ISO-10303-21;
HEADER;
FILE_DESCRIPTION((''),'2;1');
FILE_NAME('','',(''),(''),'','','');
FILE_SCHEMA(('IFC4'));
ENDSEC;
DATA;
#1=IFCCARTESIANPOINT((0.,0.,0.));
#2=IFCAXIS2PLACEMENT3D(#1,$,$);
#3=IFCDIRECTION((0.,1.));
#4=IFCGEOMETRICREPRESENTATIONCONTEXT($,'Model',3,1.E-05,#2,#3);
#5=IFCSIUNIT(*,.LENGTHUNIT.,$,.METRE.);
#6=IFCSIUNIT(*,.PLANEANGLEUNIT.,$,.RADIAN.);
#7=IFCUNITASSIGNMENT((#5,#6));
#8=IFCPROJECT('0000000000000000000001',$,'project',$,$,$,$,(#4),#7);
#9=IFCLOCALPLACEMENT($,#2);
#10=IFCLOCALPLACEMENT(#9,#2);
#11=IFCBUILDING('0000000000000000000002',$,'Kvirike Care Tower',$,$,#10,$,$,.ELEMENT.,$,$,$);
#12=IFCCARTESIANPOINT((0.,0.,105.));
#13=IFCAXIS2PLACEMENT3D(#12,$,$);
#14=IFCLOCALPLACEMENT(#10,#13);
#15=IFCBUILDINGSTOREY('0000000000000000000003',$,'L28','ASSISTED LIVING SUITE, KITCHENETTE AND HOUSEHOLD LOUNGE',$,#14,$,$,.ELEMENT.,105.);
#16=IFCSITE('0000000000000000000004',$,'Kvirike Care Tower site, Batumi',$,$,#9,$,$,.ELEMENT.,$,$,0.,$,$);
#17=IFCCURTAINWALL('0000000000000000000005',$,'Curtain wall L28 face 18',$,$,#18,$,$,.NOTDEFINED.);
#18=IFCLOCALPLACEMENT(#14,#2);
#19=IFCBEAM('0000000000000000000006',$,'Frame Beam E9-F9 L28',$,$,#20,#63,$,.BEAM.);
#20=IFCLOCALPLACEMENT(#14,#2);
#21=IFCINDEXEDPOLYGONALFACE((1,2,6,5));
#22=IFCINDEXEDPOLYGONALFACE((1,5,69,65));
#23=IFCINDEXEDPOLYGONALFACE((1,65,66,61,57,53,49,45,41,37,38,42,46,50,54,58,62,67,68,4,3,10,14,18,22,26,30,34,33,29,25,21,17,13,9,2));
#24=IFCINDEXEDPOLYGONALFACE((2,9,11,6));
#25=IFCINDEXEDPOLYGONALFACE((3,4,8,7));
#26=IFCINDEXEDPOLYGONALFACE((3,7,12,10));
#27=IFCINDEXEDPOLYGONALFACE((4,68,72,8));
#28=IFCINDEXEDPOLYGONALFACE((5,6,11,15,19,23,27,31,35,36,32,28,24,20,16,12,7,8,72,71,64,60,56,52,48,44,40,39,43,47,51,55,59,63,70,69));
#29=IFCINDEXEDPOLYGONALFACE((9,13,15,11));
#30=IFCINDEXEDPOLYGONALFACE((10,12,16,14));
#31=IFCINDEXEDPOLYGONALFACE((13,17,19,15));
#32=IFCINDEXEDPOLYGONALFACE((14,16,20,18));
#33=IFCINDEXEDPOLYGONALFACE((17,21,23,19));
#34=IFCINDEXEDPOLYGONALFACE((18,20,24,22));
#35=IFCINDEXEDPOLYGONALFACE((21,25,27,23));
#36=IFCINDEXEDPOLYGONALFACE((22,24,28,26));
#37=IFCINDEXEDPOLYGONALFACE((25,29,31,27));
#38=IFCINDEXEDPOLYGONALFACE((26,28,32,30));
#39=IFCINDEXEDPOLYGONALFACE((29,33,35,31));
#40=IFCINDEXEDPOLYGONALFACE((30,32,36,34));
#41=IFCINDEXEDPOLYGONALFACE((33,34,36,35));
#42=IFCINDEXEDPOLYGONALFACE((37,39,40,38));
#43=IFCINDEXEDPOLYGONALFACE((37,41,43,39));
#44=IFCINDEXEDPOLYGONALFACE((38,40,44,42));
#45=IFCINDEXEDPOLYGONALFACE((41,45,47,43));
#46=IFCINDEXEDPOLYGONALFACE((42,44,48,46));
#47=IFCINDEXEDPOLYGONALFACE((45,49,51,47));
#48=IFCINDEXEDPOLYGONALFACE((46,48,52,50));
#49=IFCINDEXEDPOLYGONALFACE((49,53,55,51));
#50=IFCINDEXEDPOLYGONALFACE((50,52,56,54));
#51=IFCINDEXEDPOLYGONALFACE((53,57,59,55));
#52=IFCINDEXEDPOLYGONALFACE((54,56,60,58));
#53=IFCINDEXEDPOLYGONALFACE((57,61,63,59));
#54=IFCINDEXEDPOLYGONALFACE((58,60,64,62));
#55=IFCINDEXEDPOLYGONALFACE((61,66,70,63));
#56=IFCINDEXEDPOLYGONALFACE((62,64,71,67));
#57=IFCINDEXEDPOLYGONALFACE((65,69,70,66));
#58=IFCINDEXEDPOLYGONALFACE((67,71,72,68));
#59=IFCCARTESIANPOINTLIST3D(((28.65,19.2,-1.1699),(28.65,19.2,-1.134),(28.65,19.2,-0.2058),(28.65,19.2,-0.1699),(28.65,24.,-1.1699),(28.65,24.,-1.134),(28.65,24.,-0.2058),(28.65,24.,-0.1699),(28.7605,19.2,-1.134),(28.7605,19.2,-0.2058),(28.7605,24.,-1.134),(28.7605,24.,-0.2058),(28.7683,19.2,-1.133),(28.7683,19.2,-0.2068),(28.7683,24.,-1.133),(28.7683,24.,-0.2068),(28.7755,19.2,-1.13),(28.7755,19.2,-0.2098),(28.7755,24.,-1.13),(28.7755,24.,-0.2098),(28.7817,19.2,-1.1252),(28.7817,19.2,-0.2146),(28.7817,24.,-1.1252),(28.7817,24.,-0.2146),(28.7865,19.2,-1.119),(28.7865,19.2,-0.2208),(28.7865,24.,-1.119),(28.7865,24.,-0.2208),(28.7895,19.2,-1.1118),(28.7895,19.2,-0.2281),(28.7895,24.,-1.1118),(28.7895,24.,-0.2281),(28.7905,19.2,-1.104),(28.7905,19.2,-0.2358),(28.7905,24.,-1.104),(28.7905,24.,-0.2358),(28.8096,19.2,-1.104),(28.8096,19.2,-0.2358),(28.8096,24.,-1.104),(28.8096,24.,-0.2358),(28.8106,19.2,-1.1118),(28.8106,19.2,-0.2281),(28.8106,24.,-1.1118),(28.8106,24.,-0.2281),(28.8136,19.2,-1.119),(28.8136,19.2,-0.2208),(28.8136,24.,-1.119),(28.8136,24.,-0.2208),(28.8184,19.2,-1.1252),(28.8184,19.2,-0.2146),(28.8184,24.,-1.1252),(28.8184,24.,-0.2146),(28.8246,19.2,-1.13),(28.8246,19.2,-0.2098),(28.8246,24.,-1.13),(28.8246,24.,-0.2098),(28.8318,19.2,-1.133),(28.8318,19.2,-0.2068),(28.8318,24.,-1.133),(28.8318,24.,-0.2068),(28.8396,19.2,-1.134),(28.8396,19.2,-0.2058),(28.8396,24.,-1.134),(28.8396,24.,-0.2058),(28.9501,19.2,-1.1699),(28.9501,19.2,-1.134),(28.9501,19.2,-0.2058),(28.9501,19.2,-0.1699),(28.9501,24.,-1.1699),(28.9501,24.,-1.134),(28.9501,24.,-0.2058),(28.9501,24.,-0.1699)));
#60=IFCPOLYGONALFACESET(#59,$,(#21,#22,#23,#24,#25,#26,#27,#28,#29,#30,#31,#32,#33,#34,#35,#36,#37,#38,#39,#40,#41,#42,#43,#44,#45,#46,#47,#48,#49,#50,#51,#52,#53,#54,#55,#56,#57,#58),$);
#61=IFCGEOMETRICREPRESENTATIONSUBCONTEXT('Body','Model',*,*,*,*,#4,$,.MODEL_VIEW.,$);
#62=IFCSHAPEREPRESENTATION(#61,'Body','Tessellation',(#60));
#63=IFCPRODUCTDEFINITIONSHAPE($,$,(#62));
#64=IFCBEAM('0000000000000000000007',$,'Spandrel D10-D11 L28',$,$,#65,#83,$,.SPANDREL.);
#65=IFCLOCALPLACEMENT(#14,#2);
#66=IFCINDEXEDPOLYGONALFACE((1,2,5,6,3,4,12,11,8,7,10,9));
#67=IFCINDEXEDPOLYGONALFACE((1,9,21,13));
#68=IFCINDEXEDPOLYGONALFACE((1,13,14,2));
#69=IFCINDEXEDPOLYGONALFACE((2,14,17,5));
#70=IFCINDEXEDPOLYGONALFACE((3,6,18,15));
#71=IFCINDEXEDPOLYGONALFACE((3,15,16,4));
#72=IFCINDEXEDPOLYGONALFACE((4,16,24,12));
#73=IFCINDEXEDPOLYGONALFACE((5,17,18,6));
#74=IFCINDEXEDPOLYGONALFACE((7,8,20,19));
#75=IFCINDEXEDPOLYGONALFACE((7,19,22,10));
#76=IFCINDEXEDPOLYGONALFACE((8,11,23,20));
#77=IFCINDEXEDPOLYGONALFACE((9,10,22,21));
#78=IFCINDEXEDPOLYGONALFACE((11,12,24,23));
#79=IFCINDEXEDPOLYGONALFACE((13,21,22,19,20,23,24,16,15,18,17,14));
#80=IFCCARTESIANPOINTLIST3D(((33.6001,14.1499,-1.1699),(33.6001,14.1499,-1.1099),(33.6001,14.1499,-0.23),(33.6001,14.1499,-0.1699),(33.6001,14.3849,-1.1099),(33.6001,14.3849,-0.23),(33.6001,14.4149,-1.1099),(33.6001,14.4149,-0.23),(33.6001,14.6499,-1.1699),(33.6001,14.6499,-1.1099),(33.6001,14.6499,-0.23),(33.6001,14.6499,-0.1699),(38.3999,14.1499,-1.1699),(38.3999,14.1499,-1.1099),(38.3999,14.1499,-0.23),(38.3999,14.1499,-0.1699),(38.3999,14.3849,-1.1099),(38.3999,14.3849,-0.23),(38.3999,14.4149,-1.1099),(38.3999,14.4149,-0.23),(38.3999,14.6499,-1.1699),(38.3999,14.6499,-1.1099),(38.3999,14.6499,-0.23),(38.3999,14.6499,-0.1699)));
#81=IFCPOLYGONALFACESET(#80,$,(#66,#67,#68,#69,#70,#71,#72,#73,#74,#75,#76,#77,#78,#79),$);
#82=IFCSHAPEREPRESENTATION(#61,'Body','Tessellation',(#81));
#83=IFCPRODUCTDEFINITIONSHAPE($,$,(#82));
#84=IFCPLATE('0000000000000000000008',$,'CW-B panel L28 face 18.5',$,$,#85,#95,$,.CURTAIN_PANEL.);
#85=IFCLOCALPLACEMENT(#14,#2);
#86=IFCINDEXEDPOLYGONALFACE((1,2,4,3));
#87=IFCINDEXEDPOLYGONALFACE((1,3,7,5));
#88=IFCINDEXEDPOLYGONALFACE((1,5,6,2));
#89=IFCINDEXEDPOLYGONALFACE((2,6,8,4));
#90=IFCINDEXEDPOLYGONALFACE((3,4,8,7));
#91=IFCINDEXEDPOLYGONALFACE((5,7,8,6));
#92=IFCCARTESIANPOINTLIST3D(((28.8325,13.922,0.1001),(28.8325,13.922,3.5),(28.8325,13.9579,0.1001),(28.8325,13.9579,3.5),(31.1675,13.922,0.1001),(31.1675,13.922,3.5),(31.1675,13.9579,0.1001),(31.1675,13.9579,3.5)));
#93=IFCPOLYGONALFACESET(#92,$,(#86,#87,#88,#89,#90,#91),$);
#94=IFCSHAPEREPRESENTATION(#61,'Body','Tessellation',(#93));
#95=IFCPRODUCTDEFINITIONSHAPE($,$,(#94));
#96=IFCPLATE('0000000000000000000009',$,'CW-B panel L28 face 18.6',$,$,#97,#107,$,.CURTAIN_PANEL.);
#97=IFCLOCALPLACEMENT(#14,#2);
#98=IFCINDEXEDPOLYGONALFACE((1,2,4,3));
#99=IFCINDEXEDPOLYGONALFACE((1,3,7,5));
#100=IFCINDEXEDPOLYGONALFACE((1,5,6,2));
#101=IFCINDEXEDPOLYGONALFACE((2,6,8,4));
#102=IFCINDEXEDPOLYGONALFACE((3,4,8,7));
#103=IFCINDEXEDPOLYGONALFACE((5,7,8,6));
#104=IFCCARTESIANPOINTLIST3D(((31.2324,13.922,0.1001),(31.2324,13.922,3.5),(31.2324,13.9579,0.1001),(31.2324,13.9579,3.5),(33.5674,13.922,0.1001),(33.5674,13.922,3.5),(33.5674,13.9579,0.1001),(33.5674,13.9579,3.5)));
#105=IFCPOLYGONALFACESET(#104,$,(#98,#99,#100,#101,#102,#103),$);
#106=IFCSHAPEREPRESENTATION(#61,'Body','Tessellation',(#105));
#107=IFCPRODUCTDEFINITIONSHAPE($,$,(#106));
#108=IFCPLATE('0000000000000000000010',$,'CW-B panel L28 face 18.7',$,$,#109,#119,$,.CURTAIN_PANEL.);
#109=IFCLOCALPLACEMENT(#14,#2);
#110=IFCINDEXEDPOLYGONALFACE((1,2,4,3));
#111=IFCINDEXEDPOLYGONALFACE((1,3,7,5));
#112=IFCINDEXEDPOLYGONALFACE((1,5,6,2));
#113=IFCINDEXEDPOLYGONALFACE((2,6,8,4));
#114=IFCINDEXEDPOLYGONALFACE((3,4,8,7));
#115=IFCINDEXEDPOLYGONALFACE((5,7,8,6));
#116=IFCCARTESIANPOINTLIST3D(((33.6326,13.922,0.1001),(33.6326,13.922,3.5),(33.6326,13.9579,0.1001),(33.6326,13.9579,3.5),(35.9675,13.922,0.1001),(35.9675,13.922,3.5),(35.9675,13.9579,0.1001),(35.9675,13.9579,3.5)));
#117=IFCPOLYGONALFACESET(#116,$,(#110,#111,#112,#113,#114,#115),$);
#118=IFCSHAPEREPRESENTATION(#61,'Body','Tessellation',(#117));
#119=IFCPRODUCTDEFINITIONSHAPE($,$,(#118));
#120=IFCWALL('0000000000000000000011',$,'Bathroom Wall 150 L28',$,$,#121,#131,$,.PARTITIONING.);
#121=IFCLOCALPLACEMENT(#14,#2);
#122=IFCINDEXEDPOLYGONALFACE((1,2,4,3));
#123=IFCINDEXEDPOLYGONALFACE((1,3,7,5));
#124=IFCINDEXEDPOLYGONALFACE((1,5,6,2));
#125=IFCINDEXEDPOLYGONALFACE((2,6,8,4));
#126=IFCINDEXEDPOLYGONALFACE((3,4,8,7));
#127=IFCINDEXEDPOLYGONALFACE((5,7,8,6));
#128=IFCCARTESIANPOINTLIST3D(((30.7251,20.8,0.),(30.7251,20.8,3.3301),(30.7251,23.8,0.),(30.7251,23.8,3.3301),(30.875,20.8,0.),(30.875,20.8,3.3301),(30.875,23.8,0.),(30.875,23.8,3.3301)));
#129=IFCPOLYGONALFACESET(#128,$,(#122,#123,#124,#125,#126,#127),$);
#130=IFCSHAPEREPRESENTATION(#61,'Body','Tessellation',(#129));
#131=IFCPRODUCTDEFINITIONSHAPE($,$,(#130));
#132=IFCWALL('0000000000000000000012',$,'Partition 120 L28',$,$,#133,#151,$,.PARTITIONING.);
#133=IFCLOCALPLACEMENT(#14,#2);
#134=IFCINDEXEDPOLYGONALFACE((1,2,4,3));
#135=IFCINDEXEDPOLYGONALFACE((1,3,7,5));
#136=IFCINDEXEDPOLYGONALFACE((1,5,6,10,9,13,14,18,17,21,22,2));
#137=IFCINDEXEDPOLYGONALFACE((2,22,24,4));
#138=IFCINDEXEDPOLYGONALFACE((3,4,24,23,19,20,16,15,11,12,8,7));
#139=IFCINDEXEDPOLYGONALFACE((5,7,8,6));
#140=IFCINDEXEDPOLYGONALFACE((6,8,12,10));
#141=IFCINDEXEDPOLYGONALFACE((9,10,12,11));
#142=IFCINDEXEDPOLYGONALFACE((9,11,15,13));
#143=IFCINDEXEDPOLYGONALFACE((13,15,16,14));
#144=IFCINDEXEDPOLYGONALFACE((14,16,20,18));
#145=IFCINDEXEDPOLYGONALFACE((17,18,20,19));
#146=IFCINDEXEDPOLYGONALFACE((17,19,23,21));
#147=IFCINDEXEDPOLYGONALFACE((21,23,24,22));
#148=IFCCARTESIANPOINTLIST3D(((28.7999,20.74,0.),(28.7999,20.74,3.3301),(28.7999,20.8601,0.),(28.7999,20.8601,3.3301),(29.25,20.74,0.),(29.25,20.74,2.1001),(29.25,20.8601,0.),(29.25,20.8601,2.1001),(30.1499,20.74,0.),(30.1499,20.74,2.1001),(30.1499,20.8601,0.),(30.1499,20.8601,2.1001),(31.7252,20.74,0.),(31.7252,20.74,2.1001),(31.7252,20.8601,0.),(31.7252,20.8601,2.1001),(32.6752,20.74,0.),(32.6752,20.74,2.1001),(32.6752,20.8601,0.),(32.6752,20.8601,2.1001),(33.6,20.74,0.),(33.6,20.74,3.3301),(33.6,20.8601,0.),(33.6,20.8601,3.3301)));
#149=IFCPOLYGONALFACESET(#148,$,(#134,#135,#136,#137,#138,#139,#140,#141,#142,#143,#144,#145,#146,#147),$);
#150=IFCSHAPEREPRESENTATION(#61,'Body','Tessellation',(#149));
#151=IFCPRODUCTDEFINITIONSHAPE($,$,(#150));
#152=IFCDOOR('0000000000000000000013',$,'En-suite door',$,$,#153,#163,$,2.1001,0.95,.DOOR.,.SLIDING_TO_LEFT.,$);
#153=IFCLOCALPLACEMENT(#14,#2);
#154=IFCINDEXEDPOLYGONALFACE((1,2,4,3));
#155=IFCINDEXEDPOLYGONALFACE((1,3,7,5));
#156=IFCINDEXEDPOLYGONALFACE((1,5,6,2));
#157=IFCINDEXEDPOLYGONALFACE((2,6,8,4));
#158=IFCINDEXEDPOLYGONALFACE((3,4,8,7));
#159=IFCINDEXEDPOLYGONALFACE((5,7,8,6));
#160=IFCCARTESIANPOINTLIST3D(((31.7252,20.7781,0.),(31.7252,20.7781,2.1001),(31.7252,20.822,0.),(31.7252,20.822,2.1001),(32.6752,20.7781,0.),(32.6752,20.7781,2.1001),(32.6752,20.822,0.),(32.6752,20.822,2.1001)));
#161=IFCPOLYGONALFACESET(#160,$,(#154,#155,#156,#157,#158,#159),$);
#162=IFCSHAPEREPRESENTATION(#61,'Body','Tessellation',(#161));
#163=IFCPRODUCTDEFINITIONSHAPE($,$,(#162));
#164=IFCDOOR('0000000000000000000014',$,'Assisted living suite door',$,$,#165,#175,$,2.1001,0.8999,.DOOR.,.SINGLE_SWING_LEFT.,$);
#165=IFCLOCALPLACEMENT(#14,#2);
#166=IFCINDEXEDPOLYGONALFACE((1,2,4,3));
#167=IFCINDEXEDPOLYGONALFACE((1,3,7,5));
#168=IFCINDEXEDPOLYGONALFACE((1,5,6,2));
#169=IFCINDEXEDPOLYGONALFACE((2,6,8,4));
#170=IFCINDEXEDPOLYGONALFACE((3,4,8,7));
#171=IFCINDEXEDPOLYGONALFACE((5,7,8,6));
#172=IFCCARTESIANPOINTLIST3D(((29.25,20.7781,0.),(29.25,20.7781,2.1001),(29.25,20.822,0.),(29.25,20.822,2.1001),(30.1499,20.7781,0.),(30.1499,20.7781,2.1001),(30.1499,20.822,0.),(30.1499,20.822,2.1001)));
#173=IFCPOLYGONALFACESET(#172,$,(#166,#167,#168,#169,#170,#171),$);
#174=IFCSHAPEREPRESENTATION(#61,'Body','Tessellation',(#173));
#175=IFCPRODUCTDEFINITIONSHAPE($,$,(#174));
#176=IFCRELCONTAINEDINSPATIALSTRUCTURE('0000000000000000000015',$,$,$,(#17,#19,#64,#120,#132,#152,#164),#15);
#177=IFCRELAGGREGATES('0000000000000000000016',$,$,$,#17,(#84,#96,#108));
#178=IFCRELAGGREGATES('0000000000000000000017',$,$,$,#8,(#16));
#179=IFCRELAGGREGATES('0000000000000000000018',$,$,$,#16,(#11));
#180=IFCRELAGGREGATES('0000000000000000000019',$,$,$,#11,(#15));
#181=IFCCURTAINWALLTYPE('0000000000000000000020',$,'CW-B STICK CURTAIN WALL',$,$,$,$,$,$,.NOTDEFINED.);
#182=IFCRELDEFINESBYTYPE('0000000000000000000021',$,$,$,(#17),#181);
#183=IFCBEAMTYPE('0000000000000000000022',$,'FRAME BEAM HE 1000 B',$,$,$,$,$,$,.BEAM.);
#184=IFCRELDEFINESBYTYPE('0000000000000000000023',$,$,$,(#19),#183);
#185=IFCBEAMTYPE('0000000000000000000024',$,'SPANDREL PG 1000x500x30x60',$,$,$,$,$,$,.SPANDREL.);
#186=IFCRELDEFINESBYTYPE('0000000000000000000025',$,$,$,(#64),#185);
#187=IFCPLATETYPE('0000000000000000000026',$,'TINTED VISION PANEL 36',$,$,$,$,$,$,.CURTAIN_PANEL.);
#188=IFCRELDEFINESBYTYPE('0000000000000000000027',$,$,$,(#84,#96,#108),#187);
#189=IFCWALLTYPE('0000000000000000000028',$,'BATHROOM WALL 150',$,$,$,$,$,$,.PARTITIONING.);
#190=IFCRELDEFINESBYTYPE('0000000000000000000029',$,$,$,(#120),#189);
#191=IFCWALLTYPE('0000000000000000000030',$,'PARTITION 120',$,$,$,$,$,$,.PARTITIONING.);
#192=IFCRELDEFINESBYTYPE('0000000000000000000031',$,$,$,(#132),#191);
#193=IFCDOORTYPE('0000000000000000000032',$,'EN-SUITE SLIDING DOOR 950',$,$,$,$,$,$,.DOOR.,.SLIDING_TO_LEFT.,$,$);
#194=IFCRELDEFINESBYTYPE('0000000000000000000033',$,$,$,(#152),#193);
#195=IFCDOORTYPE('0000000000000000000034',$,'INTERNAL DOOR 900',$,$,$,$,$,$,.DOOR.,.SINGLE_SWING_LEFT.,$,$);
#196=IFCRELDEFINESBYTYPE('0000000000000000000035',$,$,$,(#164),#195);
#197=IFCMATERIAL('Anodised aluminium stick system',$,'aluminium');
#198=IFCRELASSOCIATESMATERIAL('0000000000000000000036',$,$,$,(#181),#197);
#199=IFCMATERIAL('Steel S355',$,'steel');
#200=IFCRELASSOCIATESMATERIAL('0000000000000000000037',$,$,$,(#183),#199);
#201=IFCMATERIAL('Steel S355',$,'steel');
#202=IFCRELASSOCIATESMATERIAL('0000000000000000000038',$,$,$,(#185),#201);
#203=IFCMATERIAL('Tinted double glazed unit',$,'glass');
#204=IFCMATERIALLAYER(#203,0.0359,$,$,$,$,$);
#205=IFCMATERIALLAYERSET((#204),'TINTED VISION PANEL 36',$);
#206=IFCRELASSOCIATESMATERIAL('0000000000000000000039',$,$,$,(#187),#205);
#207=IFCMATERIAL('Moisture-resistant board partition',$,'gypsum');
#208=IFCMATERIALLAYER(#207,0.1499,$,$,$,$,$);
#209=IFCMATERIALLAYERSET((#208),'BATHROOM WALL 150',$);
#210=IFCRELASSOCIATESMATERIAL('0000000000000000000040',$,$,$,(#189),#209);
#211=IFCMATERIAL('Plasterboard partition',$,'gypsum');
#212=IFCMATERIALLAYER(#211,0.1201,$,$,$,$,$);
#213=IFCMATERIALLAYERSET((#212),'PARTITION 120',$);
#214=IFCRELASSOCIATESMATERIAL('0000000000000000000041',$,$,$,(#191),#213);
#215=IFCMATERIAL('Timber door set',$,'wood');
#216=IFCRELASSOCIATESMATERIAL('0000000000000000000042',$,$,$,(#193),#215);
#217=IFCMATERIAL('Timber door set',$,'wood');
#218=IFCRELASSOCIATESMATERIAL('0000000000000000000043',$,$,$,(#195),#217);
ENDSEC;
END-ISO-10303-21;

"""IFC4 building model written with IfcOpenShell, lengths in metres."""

from ifc_helpers import new_model, si_unit, direction, frame, frame_2d, origin, origin_2d, place, context, subcontext, project, spatial, rectangle, i_section, extrude, material, layer, layer_set, material_profile, profile_set, type_object, element, fill, aggregate, save


model = new_model("IFC4")

# Units and contexts
model_context = context("Model", 3, precision=1e-05, world=origin(), true_north=direction((0.0, 1.0)))
body_context = subcontext(model_context, "Body", "Model", "MODEL_VIEW")
ifc_project = project(units=[si_unit("LENGTHUNIT", "METRE"), si_unit("PLANEANGLEUNIT", "RADIAN")], contexts=[model_context])

# Site, building, storey
site_placement = place(None, origin())
site = spatial("IfcSite", under=ifc_project, at=site_placement, Name="Kvirike Care Tower site, Batumi", CompositionType="ELEMENT", RefElevation=0.0)
building_placement = place(site_placement, origin())
building = spatial("IfcBuilding", under=site, at=building_placement, Name="Kvirike Care Tower", CompositionType="ELEMENT")
storey_placement = place(building_placement, frame((0.0, 0.0, 105.0)))
storey = spatial("IfcBuildingStorey", under=building, at=storey_placement, Name="L28", Description="ASSISTED LIVING SUITE, KITCHENETTE AND HOUSEHOLD LOUNGE", CompositionType="ELEMENT", Elevation=105.0)

# Curtain wall
ifc_material_1 = material(Name="Anodised aluminium stick system", Category="aluminium")
curtain_wall_type = type_object("IfcCurtainWallType", Name="CW-B STICK CURTAIN WALL", PredefinedType="NOTDEFINED", material=ifc_material_1)
curtain_wall_placement = place(storey_placement, origin())
curtain_wall = element("IfcCurtainWall", 1, at=curtain_wall_placement, inside=storey, type_object=curtain_wall_type, Name="Curtain wall L28 face 18", PredefinedType="NOTDEFINED")

# Beams
ifc_material_2 = material(Name="Steel S355", Category="steel")
ifc_material_profile_1 = material_profile(ifc_material_2, i_section(OverallWidth=0.3, OverallDepth=1.0, WebThickness=0.019, FlangeThickness=0.0359, FilletRadius=0.03, at=origin_2d()), Name="HE 1000 B")
ifc_profile_set_1 = profile_set([ifc_material_profile_1], Name="Steel S355")
beam_type_1 = type_object("IfcBeamType", Name="FRAME BEAM HE 1000 B", PredefinedType="BEAM", material=ifc_profile_set_1)
beam_1_placement = place(storey_placement, frame((28.8, 19.2, -0.6699), z_axis=(0.0, 1.0, 0.0), x_axis=(-1.0, 0.0, 0.0)))
element("IfcBeam", 2, at=beam_1_placement, inside=storey, type_object=beam_type_1, Name="Frame Beam E9-F9 L28", PredefinedType="BEAM", context=body_context, shape_type="SweptSolid", body=[
    extrude(i_section(OverallWidth=0.3, OverallDepth=1.0, WebThickness=0.019, FlangeThickness=0.0359, FilletRadius=0.03, at=origin_2d()), origin(), (0.0, 0.0, 1.0), 4.8),
])
ifc_material_3 = material(Name="Steel S355", Category="steel")
ifc_material_profile_2 = material_profile(ifc_material_3, i_section(OverallWidth=0.5, OverallDepth=1.0, WebThickness=0.03, FlangeThickness=0.0601, at=origin_2d()), Name="PG 1000x500x30x60")
ifc_profile_set_2 = profile_set([ifc_material_profile_2], Name="Steel S355")
beam_type_2 = type_object("IfcBeamType", Name="SPANDREL PG 1000x500x30x60", PredefinedType="SPANDREL", material=ifc_profile_set_2)
beam_2_placement = place(storey_placement, frame((33.6001, 14.3999, -0.6699), z_axis=(1.0, 0.0, 0.0), x_axis=(0.0, 1.0, 0.0)))
element("IfcBeam", 3, at=beam_2_placement, inside=storey, type_object=beam_type_2, Name="Spandrel D10-D11 L28", PredefinedType="SPANDREL", context=body_context, shape_type="SweptSolid", body=[
    extrude(i_section(OverallWidth=0.5, OverallDepth=1.0, WebThickness=0.03, FlangeThickness=0.0601, at=origin_2d()), origin(), (0.0, 0.0, 1.0), 4.7998),
])

# Plates
ifc_material_4 = material(Name="Tinted double glazed unit", Category="glass")
ifc_layer_1 = layer(ifc_material_4, 0.0359)
ifc_layer_set_1 = layer_set([ifc_layer_1], Name="TINTED VISION PANEL 36")
plate_type = type_object("IfcPlateType", Name="TINTED VISION PANEL 36", PredefinedType="CURTAIN_PANEL", material=ifc_layer_set_1)
plate_1_placement = place(storey_placement, frame((30.0, 13.9399, 0.1001), z_axis=(0.0, 0.0, 1.0), x_axis=(1.0, 0.0, 0.0)))
plate_1 = element("IfcPlate", 4, at=plate_1_placement, type_object=plate_type, Name="CW-B panel L28 face 18.5", PredefinedType="CURTAIN_PANEL", context=body_context, shape_type="SweptSolid", body=[
    extrude(rectangle(XDim=2.335, YDim=0.0359, at=origin_2d()), origin(), (0.0, 0.0, 1.0), 3.3999),
])
plate_2_placement = place(storey_placement, frame((32.3999, 13.9399, 0.1001), z_axis=(0.0, 0.0, 1.0), x_axis=(1.0, 0.0, 0.0)))
plate_2 = element("IfcPlate", 5, at=plate_2_placement, type_object=plate_type, Name="CW-B panel L28 face 18.6", PredefinedType="CURTAIN_PANEL", context=body_context, shape_type="SweptSolid", body=[
    extrude(rectangle(XDim=2.335, YDim=0.0359, at=origin_2d()), origin(), (0.0, 0.0, 1.0), 3.3999),
])
plate_3_placement = place(storey_placement, frame((34.8, 13.9399, 0.1001), z_axis=(0.0, 0.0, 1.0), x_axis=(1.0, 0.0, 0.0)))
plate_3 = element("IfcPlate", 6, at=plate_3_placement, type_object=plate_type, Name="CW-B panel L28 face 18.7", PredefinedType="CURTAIN_PANEL", context=body_context, shape_type="SweptSolid", body=[
    extrude(rectangle(XDim=2.335, YDim=0.0359, at=origin_2d()), origin(), (0.0, 0.0, 1.0), 3.3999),
])
aggregate(curtain_wall, [plate_1, plate_2, plate_3])

# Wall
ifc_material_5 = material(Name="Moisture-resistant board partition", Category="gypsum")
ifc_layer_2 = layer(ifc_material_5, 0.1499)
ifc_layer_set_2 = layer_set([ifc_layer_2], Name="BATHROOM WALL 150")
wall_type_1 = type_object("IfcWallType", Name="BATHROOM WALL 150", PredefinedType="PARTITIONING", material=ifc_layer_set_2)
wall_1_placement = place(storey_placement, frame((30.8, 20.8, 0.0), z_axis=(0.0, 0.0, 1.0), x_axis=(0.0, 1.0, 0.0)))
element("IfcWall", 7, at=wall_1_placement, inside=storey, type_object=wall_type_1, Name="Bathroom Wall 150 L28", PredefinedType="PARTITIONING", context=body_context, shape_type="SweptSolid", body=[
    extrude(rectangle(XDim=3.0, YDim=0.1499, at=frame_2d((1.5, 0.0))), origin(), (0.0, 0.0, 1.0), 3.3301),
])

# Wall, openings, doors
ifc_material_6 = material(Name="Plasterboard partition", Category="gypsum")
ifc_layer_3 = layer(ifc_material_6, 0.1201)
ifc_layer_set_3 = layer_set([ifc_layer_3], Name="PARTITION 120")
wall_type_2 = type_object("IfcWallType", Name="PARTITION 120", PredefinedType="PARTITIONING", material=ifc_layer_set_3)
wall_2_placement = place(storey_placement, frame((28.8, 20.8, 0.0), z_axis=(0.0, 0.0, 1.0), x_axis=(1.0, 0.0, 0.0)))
wall_2 = element("IfcWall", 8, at=wall_2_placement, inside=storey, type_object=wall_type_2, Name="Partition 120 L28", PredefinedType="PARTITIONING", context=body_context, shape_type="SweptSolid", body=[
    extrude(rectangle(XDim=4.8, YDim=0.1201, at=frame_2d((2.3999, 0.0))), origin(), (0.0, 0.0, 1.0), 3.3301),
])
opening_1_placement = place(wall_2_placement, frame((0.45, 0.0, 0.0)))
opening_1 = element("IfcOpeningElement", 9, at=opening_1_placement, cuts=wall_2, PredefinedType="OPENING", context=body_context, shape_type="SweptSolid", body=[
    extrude(rectangle(XDim=0.8999, YDim=2.1001, at=frame_2d((0.45, 1.05))), frame((0.0, 0.0706, 0.0), z_axis=(0.0, -1.0, 0.0), x_axis=(1.0, 0.0, 0.0)), (0.0, 0.0, 1.0), 0.1411),
])
opening_2_placement = place(wall_2_placement, frame((2.925, 0.0, 0.0)))
opening_2 = element("IfcOpeningElement", 10, at=opening_2_placement, cuts=wall_2, PredefinedType="OPENING", context=body_context, shape_type="SweptSolid", body=[
    extrude(rectangle(XDim=0.95, YDim=2.1001, at=frame_2d((0.4751, 1.05))), frame((0.0, 0.0706, 0.0), z_axis=(0.0, -1.0, 0.0), x_axis=(1.0, 0.0, 0.0)), (0.0, 0.0, 1.0), 0.1411),
])
ifc_material_7 = material(Name="Timber door set", Category="wood")
door_type_1 = type_object("IfcDoorType", Name="EN-SUITE SLIDING DOOR 950", OperationType="SLIDING_TO_LEFT", PredefinedType="DOOR", material=ifc_material_7)
door_1_placement = place(opening_2_placement, origin())
door_1 = element("IfcDoor", 11, at=door_1_placement, inside=storey, type_object=door_type_1, Name="En-suite door", OperationType="SLIDING_TO_LEFT", OverallHeight=2.1001, OverallWidth=0.95, PredefinedType="DOOR", context=body_context, shape_type="SweptSolid", body=[
    extrude(rectangle(XDim=0.95, YDim=2.1001, at=frame_2d((0.4751, 1.05))), frame((0.0, 0.022, 0.0), z_axis=(0.0, -1.0, 0.0), x_axis=(1.0, 0.0, 0.0)), (0.0, 0.0, 1.0), 0.0439),
])
fill(opening_2, door_1)
ifc_material_8 = material(Name="Timber door set", Category="wood")
door_type_2 = type_object("IfcDoorType", Name="INTERNAL DOOR 900", OperationType="SINGLE_SWING_LEFT", PredefinedType="DOOR", material=ifc_material_8)
door_2_placement = place(opening_1_placement, origin())
door_2 = element("IfcDoor", 12, at=door_2_placement, inside=storey, type_object=door_type_2, Name="Assisted living suite door", OperationType="SINGLE_SWING_LEFT", OverallHeight=2.1001, OverallWidth=0.8999, PredefinedType="DOOR", context=body_context, shape_type="SweptSolid", body=[
    extrude(rectangle(XDim=0.8999, YDim=2.1001, at=frame_2d((0.45, 1.05))), frame((0.0, 0.022, 0.0), z_axis=(0.0, -1.0, 0.0), x_axis=(1.0, 0.0, 0.0)), (0.0, 0.0, 1.0), 0.0439),
])
fill(opening_1, door_2)

save(model, "model.ifc")
